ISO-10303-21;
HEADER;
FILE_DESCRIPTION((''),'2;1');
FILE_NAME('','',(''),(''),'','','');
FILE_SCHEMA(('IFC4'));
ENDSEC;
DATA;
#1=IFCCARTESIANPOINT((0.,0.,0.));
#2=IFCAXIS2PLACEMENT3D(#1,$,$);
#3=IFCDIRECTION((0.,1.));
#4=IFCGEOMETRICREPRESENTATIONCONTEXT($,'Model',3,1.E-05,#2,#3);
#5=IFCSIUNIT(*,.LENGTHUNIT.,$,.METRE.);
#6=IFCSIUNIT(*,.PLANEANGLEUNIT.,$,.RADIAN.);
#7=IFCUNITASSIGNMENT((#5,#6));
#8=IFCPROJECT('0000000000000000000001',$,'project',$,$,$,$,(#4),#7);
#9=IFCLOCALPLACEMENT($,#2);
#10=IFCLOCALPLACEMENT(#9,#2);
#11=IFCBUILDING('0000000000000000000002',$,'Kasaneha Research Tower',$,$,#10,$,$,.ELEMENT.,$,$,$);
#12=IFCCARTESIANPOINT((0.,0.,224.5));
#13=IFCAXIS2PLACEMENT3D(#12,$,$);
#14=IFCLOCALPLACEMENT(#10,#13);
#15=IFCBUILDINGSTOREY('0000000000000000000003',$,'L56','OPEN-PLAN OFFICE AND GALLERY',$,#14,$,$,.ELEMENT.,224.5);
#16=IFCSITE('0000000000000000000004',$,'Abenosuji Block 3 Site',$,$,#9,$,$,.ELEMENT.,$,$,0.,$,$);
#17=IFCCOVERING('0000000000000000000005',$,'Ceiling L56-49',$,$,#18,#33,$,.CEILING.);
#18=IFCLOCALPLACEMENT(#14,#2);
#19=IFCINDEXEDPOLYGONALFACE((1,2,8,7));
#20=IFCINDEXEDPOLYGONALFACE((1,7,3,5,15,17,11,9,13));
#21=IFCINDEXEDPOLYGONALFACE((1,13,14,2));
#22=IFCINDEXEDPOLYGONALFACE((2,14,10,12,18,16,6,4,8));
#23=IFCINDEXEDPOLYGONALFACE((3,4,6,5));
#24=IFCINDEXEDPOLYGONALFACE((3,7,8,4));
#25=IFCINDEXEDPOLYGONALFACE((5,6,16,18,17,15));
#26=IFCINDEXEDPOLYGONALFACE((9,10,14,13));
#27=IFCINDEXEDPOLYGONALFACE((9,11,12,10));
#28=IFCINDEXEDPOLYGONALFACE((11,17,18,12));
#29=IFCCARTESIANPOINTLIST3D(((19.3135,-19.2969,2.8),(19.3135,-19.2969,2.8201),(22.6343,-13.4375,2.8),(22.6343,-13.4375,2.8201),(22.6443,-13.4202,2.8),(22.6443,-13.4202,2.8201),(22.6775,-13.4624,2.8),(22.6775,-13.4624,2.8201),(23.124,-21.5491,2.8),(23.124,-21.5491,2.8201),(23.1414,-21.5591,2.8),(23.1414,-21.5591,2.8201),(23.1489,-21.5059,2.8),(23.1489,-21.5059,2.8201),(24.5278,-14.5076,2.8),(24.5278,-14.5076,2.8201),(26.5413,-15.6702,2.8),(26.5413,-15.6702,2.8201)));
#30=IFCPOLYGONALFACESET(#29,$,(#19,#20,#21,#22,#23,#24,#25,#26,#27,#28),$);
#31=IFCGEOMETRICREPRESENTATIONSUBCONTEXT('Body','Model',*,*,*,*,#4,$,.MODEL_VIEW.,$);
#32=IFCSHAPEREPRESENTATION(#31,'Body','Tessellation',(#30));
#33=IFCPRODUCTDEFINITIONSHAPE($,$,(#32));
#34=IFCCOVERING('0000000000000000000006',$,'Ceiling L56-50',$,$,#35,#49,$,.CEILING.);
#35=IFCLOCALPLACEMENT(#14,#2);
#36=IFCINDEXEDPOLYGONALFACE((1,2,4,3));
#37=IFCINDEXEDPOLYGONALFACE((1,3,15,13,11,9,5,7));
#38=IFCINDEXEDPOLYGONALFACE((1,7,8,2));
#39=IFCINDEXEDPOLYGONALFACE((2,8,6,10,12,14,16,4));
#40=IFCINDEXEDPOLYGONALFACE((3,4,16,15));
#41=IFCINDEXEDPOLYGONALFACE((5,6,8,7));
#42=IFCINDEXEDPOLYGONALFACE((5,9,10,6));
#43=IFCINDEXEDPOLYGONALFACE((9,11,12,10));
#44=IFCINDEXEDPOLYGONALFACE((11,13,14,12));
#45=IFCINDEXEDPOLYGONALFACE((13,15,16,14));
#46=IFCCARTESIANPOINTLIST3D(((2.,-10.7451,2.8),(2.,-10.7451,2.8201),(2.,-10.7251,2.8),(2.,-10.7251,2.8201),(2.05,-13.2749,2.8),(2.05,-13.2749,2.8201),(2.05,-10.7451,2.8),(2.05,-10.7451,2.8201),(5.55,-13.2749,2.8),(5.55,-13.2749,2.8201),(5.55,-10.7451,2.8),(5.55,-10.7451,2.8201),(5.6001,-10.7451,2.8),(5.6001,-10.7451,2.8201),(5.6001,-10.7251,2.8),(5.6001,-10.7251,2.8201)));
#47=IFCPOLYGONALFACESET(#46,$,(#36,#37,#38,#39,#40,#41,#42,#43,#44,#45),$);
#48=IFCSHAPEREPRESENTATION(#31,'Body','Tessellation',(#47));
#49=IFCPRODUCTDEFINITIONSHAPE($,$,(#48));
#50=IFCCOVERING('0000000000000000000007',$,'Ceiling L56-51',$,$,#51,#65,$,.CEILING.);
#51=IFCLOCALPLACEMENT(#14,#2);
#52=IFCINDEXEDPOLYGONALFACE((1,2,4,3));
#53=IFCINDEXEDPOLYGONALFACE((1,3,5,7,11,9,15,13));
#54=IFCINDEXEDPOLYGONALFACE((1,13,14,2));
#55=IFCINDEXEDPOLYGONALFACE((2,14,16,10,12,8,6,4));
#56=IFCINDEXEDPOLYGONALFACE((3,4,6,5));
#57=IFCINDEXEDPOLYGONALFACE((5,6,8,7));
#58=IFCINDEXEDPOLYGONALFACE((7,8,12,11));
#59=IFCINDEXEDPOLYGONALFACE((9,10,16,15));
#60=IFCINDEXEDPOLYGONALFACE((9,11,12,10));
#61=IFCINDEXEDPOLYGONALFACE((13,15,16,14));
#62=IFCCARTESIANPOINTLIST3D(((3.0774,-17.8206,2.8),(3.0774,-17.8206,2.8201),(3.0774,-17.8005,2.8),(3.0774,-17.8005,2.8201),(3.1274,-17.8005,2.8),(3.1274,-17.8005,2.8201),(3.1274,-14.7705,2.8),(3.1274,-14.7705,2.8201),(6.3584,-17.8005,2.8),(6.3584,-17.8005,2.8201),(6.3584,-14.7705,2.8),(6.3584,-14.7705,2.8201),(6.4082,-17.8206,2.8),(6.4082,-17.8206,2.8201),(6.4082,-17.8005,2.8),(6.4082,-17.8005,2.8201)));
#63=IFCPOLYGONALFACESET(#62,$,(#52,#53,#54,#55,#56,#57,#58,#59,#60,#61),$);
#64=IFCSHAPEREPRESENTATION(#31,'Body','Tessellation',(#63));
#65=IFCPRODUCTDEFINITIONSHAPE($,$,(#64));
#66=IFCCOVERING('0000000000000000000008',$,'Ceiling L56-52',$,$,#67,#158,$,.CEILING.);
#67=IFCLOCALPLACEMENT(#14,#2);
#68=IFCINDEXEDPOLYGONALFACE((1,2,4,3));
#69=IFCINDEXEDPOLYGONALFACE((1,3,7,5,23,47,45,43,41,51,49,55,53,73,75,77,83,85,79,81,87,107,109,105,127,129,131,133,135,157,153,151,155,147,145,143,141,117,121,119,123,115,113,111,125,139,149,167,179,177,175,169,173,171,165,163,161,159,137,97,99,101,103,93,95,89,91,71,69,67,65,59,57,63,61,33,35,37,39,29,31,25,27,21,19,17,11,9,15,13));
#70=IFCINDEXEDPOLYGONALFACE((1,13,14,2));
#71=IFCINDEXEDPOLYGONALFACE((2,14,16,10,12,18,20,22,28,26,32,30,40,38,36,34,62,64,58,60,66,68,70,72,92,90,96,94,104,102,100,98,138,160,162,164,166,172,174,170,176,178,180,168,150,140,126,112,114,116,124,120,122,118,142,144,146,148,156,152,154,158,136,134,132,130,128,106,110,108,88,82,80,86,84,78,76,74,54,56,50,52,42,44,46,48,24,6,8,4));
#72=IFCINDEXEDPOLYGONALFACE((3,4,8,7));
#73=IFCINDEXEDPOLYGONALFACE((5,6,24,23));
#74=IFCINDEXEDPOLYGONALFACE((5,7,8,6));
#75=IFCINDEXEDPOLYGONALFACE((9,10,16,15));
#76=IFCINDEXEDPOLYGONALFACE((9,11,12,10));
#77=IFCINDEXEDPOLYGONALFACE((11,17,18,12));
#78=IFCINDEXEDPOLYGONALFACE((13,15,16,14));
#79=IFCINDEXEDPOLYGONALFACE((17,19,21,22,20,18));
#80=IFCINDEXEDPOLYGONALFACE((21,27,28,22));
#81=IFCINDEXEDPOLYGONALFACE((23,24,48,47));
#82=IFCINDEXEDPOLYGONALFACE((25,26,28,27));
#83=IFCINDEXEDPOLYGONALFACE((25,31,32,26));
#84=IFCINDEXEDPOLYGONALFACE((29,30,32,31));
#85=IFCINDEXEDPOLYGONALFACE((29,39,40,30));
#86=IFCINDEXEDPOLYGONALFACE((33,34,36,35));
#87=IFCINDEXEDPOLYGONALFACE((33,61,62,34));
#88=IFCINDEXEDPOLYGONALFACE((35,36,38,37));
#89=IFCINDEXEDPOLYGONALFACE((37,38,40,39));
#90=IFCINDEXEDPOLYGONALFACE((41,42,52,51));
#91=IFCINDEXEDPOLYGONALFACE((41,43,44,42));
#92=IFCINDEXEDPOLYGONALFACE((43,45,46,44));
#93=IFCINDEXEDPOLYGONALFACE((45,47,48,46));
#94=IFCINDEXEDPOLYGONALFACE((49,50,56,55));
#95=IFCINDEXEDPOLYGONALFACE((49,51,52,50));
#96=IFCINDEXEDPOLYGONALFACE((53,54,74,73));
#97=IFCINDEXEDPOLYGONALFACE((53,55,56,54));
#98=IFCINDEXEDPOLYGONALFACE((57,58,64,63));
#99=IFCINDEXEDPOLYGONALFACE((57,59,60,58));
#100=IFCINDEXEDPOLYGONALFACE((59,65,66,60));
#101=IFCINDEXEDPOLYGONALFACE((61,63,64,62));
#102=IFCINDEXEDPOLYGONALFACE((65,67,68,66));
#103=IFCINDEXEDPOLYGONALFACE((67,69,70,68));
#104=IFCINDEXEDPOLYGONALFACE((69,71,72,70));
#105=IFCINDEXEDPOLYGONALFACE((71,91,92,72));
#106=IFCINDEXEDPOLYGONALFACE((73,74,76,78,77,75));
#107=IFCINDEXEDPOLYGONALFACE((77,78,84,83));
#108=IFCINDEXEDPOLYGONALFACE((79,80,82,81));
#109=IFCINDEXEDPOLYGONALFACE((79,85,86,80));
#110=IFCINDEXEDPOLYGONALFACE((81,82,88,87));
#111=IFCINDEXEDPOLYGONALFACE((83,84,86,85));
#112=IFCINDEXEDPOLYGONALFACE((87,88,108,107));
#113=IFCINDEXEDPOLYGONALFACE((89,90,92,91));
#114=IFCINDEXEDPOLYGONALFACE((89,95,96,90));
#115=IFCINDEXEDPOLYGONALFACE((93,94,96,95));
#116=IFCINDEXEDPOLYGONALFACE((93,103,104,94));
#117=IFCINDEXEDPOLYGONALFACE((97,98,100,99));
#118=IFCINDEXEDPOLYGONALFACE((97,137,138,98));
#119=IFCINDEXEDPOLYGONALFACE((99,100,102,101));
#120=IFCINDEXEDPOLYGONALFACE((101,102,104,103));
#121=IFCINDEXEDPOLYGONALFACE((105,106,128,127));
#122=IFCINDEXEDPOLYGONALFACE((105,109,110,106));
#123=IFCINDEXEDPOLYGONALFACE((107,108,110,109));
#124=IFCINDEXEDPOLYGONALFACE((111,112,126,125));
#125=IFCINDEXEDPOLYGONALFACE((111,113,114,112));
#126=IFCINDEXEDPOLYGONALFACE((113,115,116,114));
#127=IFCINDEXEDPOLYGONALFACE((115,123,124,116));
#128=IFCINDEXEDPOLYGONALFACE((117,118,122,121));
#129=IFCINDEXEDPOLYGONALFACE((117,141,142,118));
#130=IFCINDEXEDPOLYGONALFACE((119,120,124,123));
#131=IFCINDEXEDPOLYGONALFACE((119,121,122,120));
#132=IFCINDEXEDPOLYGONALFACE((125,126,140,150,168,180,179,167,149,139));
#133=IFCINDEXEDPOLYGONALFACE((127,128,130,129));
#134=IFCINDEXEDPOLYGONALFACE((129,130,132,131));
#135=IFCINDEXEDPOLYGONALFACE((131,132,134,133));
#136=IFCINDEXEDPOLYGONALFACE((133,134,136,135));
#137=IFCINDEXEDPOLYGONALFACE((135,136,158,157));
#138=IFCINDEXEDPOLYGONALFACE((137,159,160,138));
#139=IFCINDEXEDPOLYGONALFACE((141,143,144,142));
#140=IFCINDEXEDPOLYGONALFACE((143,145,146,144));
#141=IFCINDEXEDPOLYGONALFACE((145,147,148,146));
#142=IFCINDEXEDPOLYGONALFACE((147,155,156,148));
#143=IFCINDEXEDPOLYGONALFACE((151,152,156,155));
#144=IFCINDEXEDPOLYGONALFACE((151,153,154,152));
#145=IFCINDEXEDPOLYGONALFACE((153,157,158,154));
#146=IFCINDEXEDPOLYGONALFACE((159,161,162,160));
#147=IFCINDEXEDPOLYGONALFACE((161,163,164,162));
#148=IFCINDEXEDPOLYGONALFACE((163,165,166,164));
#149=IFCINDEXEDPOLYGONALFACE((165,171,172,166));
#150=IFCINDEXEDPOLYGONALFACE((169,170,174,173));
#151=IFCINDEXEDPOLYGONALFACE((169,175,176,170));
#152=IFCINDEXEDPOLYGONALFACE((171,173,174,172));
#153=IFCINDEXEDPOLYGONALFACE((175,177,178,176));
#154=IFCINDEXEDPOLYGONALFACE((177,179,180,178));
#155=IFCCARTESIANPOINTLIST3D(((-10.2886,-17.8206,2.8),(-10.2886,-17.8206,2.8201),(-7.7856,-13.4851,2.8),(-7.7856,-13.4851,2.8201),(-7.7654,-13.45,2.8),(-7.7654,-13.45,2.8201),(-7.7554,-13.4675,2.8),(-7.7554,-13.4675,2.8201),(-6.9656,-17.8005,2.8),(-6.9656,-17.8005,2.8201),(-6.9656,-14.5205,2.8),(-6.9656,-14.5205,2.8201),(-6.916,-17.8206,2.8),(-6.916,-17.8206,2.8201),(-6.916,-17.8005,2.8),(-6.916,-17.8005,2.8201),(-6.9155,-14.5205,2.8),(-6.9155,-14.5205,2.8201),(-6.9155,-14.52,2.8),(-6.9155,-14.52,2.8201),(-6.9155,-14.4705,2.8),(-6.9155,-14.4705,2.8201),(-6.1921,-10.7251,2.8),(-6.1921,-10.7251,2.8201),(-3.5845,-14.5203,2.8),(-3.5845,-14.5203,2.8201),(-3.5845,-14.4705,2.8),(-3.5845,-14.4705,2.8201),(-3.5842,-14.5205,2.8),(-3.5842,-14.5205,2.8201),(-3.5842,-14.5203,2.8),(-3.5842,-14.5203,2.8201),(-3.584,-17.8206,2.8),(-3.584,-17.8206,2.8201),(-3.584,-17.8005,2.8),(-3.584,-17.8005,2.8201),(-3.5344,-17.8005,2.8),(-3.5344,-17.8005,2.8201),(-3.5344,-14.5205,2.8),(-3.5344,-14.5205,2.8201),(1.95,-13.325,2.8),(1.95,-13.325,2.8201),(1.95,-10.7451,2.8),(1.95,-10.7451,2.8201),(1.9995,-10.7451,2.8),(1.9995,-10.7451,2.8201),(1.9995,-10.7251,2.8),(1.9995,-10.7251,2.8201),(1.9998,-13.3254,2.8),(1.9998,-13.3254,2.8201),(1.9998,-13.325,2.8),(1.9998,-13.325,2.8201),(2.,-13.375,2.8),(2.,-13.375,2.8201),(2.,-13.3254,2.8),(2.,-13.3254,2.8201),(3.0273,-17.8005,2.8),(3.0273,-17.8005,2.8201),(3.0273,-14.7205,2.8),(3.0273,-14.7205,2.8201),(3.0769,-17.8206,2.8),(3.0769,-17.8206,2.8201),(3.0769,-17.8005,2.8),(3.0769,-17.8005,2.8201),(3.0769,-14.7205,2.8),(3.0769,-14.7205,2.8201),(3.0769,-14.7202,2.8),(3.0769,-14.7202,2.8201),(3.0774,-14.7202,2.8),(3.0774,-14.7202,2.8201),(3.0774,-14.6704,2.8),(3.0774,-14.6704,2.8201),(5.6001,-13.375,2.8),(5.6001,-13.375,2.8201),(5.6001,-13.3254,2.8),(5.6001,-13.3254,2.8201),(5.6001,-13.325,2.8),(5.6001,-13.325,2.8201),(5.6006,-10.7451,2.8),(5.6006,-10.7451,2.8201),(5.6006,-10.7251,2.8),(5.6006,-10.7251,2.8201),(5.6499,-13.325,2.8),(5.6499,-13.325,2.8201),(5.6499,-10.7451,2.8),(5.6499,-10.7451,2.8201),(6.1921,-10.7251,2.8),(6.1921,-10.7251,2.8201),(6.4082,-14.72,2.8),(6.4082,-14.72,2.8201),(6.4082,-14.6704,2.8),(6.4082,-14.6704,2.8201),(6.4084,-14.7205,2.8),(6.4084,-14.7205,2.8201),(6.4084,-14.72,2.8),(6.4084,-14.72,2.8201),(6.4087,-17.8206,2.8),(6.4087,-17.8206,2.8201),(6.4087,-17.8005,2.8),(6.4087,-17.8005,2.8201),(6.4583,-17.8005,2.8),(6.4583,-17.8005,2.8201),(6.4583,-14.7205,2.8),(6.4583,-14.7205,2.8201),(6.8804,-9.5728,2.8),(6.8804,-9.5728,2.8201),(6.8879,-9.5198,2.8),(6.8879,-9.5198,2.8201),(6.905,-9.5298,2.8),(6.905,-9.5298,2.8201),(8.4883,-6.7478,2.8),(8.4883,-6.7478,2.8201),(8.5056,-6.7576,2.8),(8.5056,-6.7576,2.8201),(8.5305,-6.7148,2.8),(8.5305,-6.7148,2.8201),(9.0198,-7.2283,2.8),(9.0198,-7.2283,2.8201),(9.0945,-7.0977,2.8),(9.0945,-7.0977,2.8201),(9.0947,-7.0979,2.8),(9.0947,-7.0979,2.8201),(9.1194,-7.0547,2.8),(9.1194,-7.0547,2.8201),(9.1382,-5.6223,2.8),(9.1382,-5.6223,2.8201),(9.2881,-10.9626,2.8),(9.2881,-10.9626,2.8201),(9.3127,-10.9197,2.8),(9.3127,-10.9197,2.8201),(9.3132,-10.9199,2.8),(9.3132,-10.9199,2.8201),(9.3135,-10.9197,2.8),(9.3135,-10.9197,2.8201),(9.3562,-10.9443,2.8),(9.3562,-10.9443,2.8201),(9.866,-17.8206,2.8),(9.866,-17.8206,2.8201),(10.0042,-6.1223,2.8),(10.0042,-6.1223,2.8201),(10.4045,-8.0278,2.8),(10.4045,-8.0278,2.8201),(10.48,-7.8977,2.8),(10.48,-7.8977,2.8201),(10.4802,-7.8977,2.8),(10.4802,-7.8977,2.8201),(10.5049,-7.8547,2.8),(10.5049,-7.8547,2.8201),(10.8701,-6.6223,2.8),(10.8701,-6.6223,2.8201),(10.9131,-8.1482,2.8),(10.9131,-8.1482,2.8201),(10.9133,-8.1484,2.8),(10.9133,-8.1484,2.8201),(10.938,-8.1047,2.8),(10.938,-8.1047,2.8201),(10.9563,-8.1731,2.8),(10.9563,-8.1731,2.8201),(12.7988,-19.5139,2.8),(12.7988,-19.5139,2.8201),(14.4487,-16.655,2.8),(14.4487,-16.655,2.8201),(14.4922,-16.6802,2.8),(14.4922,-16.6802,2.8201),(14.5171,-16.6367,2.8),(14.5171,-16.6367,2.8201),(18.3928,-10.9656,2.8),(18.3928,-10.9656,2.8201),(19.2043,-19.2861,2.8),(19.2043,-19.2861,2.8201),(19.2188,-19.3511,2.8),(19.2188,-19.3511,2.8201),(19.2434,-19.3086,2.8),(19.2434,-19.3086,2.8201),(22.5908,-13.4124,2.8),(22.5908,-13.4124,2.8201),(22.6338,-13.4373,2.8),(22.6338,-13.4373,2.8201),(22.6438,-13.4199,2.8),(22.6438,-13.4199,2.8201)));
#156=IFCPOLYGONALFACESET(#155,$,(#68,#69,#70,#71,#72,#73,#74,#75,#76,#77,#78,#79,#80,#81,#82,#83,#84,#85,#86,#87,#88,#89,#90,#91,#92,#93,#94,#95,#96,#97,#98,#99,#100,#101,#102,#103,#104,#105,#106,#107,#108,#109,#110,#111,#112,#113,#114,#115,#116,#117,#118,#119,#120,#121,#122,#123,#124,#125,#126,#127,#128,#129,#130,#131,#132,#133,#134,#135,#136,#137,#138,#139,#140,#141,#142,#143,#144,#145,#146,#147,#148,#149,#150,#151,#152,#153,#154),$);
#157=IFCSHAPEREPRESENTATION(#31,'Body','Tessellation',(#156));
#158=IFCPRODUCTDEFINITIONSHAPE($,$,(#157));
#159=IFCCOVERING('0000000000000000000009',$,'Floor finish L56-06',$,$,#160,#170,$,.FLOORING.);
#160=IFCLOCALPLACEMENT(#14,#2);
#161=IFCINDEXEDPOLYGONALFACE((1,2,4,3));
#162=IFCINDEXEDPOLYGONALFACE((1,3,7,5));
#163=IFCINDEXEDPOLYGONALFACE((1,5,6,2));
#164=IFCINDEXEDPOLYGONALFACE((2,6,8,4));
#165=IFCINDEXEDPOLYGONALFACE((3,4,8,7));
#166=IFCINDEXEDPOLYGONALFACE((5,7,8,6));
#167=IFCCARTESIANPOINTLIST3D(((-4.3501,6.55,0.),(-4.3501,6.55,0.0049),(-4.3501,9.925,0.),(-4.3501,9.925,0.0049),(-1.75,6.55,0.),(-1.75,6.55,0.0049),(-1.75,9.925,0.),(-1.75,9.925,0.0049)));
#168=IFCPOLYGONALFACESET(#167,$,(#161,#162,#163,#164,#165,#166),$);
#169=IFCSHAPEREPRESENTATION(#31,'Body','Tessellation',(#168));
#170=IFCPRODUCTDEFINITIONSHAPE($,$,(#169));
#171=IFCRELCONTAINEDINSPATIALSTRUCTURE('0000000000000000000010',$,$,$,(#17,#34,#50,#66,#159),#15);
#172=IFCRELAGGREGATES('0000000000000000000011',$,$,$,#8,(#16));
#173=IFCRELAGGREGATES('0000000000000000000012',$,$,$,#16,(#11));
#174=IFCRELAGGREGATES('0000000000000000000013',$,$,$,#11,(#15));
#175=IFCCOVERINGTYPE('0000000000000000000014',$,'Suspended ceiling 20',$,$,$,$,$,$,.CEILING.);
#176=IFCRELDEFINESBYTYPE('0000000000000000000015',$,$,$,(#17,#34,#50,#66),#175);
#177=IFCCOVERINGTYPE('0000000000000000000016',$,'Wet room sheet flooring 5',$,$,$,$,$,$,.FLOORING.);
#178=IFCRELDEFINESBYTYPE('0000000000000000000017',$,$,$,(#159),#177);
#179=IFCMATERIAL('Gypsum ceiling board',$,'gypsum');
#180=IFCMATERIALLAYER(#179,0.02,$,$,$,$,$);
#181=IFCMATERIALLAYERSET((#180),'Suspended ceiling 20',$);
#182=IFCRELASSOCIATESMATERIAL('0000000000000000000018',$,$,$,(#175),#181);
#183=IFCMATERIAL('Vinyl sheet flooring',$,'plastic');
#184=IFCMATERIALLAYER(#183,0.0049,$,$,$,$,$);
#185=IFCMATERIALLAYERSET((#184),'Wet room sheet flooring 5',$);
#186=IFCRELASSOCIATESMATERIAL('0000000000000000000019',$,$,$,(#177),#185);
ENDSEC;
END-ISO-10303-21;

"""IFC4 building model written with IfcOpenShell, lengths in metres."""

from ifc_helpers import new_model, si_unit, direction, frame, origin, place, context, subcontext, project, spatial, polyline, outline, extrude, material, layer, layer_set, type_object, element, save


model = new_model("IFC4")

# Units and contexts
model_context = context("Model", 3, precision=1e-05, world=origin(), true_north=direction((0.0, 1.0)))
body_context = subcontext(model_context, "Body", "Model", "MODEL_VIEW")
ifc_project = project(units=[si_unit("LENGTHUNIT", "METRE"), si_unit("PLANEANGLEUNIT", "RADIAN")], contexts=[model_context])

# Site, building, storey
site_placement = place(None, origin())
site = spatial("IfcSite", under=ifc_project, at=site_placement, Name="Abenosuji Block 3 Site", CompositionType="ELEMENT", RefElevation=0.0)
building_placement = place(site_placement, origin())
building = spatial("IfcBuilding", under=site, at=building_placement, Name="Kasaneha Research Tower", CompositionType="ELEMENT")
storey_placement = place(building_placement, frame((0.0, 0.0, 224.5)))
storey = spatial("IfcBuildingStorey", under=building, at=storey_placement, Name="L56", Description="OPEN-PLAN OFFICE AND GALLERY", CompositionType="ELEMENT", Elevation=224.5)

# Coverings
ifc_material_1 = material(Name="Gypsum ceiling board", Category="gypsum")
ifc_layer_1 = layer(ifc_material_1, 0.02)
ifc_layer_set_1 = layer_set([ifc_layer_1], Name="Suspended ceiling 20")
covering_type_1 = type_object("IfcCoveringType", Name="Suspended ceiling 20", PredefinedType="CEILING", material=ifc_layer_set_1)
covering_1_placement = place(storey_placement, frame((0.0, 0.0, 2.8)))
element("IfcCovering", 1, at=covering_1_placement, inside=storey, type_object=covering_type_1, Name="Ceiling L56-49", PredefinedType="CEILING", context=body_context, shape_type="SweptSolid", body=[
    extrude(outline(polyline([(23.1414, -21.5591), (23.124, -21.5491), (23.1489, -21.5059), (19.3135, -19.2969), (22.6775, -13.4624), (22.6343, -13.4375), (22.6443, -13.4202), (24.5278, -14.5076), (26.5413, -15.6702), (23.1414, -21.5591)])), origin(), (0.0, 0.0, 1.0), 0.02),
])
covering_2_placement = place(storey_placement, frame((0.0, 0.0, 2.8)))
element("IfcCovering", 2, at=covering_2_placement, inside=storey, type_object=covering_type_1, Name="Ceiling L56-50", PredefinedType="CEILING", context=body_context, shape_type="SweptSolid", body=[
    extrude(outline(polyline([(5.6001, -10.7251), (5.6001, -10.7451), (5.55, -10.7451), (5.55, -13.2749), (2.05, -13.2749), (2.05, -10.7451), (2.0, -10.7451), (2.0, -10.7251), (5.6001, -10.7251)])), origin(), (0.0, 0.0, 1.0), 0.02),
])
covering_3_placement = place(storey_placement, frame((0.0, 0.0, 2.8)))
element("IfcCovering", 3, at=covering_3_placement, inside=storey, type_object=covering_type_1, Name="Ceiling L56-51", PredefinedType="CEILING", context=body_context, shape_type="SweptSolid", body=[
    extrude(outline(polyline([(3.0774, -17.8206), (3.0774, -17.8005), (3.1274, -17.8005), (3.1274, -14.7705), (6.3584, -14.7705), (6.3584, -17.8005), (6.4082, -17.8005), (6.4082, -17.8206), (3.0774, -17.8206)])), origin(), (0.0, 0.0, 1.0), 0.02),
])
covering_4_placement = place(storey_placement, frame((0.0, 0.0, 2.8)))
element("IfcCovering", 4, at=covering_4_placement, inside=storey, type_object=covering_type_1, Name="Ceiling L56-52", PredefinedType="CEILING", context=body_context, shape_type="SweptSolid", body=[
    extrude(outline(polyline([(1.9995, -10.7451), (1.95, -10.7451), (1.95, -13.325), (1.9998, -13.325), (1.9998, -13.3254), (2.0, -13.3254), (2.0, -13.375), (5.6001, -13.375), (5.6001, -13.3254), (5.6001, -13.3254), (5.6001, -13.325), (5.6499, -13.325), (5.6499, -10.7451), (5.6006, -10.7451), (5.6006, -10.7251), (6.1921, -10.7251), (6.8879, -9.5198), (6.905, -9.5298), (6.8804, -9.5728), (9.2881, -10.9626), (9.3127, -10.9197), (9.3132, -10.9199), (9.3135, -10.9197), (9.3562, -10.9443), (10.9563, -8.1731), (10.9133, -8.1484), (10.9133, -8.1484), (10.9131, -8.1482), (10.938, -8.1047), (10.5049, -7.8547), (10.4802, -7.8977), (10.48, -7.8977), (10.4045, -8.0278), (9.0198, -7.2283), (9.0947, -7.0979), (9.0945, -7.0977), (9.1194, -7.0547), (8.5305, -6.7148), (8.5056, -6.7576), (8.4883, -6.7478), (9.1382, -5.6223), (10.0042, -6.1223), (10.0042, -6.1223), (10.8701, -6.6223), (10.8701, -6.6223), (18.3928, -10.9656), (22.6438, -13.4199), (22.6338, -13.4373), (22.5908, -13.4124), (19.2043, -19.2861), (19.2434, -19.3086), (19.2188, -19.3511), (14.5171, -16.6367), (14.4922, -16.6802), (14.4487, -16.655), (12.7988, -19.5139), (9.866, -17.8206), (6.4087, -17.8206), (6.4087, -17.8005), (6.4583, -17.8005), (6.4583, -14.7205), (6.4084, -14.7205), (6.4084, -14.72), (6.4082, -14.72), (6.4082, -14.6704), (3.0774, -14.6704), (3.0774, -14.7202), (3.0769, -14.7202), (3.0769, -14.7205), (3.0273, -14.7205), (3.0273, -17.8005), (3.0769, -17.8005), (3.0769, -17.8206), (-3.584, -17.8206), (-3.584, -17.8005), (-3.5344, -17.8005), (-3.5344, -14.5205), (-3.5842, -14.5205), (-3.5842, -14.5203), (-3.5845, -14.5203), (-3.5845, -14.4705), (-6.9155, -14.4705), (-6.9155, -14.52), (-6.9155, -14.52), (-6.9155, -14.5205), (-6.9656, -14.5205), (-6.9656, -17.8005), (-6.916, -17.8005), (-6.916, -17.8206), (-10.2886, -17.8206), (-7.7856, -13.4851), (-7.7554, -13.4675), (-7.7654, -13.45), (-6.1921, -10.7251), (1.9995, -10.7251), (1.9995, -10.7451)])), origin(), (0.0, 0.0, 1.0), 0.02),
])
ifc_material_2 = material(Name="Vinyl sheet flooring", Category="plastic")
ifc_layer_2 = layer(ifc_material_2, 0.0049)
ifc_layer_set_2 = layer_set([ifc_layer_2], Name="Wet room sheet flooring 5")
covering_type_2 = type_object("IfcCoveringType", Name="Wet room sheet flooring 5", PredefinedType="FLOORING", material=ifc_layer_set_2)
covering_5_placement = place(storey_placement, origin())
element("IfcCovering", 5, at=covering_5_placement, inside=storey, type_object=covering_type_2, Name="Floor finish L56-06", PredefinedType="FLOORING", context=body_context, shape_type="SweptSolid", body=[
    extrude(outline(polyline([(-1.75, 9.925), (-1.75, 6.55), (-4.3501, 6.55), (-4.3501, 9.925), (-1.75, 9.925)])), origin(), (0.0, 0.0, 1.0), 0.0049),
])

save(model, "model.ifc")
